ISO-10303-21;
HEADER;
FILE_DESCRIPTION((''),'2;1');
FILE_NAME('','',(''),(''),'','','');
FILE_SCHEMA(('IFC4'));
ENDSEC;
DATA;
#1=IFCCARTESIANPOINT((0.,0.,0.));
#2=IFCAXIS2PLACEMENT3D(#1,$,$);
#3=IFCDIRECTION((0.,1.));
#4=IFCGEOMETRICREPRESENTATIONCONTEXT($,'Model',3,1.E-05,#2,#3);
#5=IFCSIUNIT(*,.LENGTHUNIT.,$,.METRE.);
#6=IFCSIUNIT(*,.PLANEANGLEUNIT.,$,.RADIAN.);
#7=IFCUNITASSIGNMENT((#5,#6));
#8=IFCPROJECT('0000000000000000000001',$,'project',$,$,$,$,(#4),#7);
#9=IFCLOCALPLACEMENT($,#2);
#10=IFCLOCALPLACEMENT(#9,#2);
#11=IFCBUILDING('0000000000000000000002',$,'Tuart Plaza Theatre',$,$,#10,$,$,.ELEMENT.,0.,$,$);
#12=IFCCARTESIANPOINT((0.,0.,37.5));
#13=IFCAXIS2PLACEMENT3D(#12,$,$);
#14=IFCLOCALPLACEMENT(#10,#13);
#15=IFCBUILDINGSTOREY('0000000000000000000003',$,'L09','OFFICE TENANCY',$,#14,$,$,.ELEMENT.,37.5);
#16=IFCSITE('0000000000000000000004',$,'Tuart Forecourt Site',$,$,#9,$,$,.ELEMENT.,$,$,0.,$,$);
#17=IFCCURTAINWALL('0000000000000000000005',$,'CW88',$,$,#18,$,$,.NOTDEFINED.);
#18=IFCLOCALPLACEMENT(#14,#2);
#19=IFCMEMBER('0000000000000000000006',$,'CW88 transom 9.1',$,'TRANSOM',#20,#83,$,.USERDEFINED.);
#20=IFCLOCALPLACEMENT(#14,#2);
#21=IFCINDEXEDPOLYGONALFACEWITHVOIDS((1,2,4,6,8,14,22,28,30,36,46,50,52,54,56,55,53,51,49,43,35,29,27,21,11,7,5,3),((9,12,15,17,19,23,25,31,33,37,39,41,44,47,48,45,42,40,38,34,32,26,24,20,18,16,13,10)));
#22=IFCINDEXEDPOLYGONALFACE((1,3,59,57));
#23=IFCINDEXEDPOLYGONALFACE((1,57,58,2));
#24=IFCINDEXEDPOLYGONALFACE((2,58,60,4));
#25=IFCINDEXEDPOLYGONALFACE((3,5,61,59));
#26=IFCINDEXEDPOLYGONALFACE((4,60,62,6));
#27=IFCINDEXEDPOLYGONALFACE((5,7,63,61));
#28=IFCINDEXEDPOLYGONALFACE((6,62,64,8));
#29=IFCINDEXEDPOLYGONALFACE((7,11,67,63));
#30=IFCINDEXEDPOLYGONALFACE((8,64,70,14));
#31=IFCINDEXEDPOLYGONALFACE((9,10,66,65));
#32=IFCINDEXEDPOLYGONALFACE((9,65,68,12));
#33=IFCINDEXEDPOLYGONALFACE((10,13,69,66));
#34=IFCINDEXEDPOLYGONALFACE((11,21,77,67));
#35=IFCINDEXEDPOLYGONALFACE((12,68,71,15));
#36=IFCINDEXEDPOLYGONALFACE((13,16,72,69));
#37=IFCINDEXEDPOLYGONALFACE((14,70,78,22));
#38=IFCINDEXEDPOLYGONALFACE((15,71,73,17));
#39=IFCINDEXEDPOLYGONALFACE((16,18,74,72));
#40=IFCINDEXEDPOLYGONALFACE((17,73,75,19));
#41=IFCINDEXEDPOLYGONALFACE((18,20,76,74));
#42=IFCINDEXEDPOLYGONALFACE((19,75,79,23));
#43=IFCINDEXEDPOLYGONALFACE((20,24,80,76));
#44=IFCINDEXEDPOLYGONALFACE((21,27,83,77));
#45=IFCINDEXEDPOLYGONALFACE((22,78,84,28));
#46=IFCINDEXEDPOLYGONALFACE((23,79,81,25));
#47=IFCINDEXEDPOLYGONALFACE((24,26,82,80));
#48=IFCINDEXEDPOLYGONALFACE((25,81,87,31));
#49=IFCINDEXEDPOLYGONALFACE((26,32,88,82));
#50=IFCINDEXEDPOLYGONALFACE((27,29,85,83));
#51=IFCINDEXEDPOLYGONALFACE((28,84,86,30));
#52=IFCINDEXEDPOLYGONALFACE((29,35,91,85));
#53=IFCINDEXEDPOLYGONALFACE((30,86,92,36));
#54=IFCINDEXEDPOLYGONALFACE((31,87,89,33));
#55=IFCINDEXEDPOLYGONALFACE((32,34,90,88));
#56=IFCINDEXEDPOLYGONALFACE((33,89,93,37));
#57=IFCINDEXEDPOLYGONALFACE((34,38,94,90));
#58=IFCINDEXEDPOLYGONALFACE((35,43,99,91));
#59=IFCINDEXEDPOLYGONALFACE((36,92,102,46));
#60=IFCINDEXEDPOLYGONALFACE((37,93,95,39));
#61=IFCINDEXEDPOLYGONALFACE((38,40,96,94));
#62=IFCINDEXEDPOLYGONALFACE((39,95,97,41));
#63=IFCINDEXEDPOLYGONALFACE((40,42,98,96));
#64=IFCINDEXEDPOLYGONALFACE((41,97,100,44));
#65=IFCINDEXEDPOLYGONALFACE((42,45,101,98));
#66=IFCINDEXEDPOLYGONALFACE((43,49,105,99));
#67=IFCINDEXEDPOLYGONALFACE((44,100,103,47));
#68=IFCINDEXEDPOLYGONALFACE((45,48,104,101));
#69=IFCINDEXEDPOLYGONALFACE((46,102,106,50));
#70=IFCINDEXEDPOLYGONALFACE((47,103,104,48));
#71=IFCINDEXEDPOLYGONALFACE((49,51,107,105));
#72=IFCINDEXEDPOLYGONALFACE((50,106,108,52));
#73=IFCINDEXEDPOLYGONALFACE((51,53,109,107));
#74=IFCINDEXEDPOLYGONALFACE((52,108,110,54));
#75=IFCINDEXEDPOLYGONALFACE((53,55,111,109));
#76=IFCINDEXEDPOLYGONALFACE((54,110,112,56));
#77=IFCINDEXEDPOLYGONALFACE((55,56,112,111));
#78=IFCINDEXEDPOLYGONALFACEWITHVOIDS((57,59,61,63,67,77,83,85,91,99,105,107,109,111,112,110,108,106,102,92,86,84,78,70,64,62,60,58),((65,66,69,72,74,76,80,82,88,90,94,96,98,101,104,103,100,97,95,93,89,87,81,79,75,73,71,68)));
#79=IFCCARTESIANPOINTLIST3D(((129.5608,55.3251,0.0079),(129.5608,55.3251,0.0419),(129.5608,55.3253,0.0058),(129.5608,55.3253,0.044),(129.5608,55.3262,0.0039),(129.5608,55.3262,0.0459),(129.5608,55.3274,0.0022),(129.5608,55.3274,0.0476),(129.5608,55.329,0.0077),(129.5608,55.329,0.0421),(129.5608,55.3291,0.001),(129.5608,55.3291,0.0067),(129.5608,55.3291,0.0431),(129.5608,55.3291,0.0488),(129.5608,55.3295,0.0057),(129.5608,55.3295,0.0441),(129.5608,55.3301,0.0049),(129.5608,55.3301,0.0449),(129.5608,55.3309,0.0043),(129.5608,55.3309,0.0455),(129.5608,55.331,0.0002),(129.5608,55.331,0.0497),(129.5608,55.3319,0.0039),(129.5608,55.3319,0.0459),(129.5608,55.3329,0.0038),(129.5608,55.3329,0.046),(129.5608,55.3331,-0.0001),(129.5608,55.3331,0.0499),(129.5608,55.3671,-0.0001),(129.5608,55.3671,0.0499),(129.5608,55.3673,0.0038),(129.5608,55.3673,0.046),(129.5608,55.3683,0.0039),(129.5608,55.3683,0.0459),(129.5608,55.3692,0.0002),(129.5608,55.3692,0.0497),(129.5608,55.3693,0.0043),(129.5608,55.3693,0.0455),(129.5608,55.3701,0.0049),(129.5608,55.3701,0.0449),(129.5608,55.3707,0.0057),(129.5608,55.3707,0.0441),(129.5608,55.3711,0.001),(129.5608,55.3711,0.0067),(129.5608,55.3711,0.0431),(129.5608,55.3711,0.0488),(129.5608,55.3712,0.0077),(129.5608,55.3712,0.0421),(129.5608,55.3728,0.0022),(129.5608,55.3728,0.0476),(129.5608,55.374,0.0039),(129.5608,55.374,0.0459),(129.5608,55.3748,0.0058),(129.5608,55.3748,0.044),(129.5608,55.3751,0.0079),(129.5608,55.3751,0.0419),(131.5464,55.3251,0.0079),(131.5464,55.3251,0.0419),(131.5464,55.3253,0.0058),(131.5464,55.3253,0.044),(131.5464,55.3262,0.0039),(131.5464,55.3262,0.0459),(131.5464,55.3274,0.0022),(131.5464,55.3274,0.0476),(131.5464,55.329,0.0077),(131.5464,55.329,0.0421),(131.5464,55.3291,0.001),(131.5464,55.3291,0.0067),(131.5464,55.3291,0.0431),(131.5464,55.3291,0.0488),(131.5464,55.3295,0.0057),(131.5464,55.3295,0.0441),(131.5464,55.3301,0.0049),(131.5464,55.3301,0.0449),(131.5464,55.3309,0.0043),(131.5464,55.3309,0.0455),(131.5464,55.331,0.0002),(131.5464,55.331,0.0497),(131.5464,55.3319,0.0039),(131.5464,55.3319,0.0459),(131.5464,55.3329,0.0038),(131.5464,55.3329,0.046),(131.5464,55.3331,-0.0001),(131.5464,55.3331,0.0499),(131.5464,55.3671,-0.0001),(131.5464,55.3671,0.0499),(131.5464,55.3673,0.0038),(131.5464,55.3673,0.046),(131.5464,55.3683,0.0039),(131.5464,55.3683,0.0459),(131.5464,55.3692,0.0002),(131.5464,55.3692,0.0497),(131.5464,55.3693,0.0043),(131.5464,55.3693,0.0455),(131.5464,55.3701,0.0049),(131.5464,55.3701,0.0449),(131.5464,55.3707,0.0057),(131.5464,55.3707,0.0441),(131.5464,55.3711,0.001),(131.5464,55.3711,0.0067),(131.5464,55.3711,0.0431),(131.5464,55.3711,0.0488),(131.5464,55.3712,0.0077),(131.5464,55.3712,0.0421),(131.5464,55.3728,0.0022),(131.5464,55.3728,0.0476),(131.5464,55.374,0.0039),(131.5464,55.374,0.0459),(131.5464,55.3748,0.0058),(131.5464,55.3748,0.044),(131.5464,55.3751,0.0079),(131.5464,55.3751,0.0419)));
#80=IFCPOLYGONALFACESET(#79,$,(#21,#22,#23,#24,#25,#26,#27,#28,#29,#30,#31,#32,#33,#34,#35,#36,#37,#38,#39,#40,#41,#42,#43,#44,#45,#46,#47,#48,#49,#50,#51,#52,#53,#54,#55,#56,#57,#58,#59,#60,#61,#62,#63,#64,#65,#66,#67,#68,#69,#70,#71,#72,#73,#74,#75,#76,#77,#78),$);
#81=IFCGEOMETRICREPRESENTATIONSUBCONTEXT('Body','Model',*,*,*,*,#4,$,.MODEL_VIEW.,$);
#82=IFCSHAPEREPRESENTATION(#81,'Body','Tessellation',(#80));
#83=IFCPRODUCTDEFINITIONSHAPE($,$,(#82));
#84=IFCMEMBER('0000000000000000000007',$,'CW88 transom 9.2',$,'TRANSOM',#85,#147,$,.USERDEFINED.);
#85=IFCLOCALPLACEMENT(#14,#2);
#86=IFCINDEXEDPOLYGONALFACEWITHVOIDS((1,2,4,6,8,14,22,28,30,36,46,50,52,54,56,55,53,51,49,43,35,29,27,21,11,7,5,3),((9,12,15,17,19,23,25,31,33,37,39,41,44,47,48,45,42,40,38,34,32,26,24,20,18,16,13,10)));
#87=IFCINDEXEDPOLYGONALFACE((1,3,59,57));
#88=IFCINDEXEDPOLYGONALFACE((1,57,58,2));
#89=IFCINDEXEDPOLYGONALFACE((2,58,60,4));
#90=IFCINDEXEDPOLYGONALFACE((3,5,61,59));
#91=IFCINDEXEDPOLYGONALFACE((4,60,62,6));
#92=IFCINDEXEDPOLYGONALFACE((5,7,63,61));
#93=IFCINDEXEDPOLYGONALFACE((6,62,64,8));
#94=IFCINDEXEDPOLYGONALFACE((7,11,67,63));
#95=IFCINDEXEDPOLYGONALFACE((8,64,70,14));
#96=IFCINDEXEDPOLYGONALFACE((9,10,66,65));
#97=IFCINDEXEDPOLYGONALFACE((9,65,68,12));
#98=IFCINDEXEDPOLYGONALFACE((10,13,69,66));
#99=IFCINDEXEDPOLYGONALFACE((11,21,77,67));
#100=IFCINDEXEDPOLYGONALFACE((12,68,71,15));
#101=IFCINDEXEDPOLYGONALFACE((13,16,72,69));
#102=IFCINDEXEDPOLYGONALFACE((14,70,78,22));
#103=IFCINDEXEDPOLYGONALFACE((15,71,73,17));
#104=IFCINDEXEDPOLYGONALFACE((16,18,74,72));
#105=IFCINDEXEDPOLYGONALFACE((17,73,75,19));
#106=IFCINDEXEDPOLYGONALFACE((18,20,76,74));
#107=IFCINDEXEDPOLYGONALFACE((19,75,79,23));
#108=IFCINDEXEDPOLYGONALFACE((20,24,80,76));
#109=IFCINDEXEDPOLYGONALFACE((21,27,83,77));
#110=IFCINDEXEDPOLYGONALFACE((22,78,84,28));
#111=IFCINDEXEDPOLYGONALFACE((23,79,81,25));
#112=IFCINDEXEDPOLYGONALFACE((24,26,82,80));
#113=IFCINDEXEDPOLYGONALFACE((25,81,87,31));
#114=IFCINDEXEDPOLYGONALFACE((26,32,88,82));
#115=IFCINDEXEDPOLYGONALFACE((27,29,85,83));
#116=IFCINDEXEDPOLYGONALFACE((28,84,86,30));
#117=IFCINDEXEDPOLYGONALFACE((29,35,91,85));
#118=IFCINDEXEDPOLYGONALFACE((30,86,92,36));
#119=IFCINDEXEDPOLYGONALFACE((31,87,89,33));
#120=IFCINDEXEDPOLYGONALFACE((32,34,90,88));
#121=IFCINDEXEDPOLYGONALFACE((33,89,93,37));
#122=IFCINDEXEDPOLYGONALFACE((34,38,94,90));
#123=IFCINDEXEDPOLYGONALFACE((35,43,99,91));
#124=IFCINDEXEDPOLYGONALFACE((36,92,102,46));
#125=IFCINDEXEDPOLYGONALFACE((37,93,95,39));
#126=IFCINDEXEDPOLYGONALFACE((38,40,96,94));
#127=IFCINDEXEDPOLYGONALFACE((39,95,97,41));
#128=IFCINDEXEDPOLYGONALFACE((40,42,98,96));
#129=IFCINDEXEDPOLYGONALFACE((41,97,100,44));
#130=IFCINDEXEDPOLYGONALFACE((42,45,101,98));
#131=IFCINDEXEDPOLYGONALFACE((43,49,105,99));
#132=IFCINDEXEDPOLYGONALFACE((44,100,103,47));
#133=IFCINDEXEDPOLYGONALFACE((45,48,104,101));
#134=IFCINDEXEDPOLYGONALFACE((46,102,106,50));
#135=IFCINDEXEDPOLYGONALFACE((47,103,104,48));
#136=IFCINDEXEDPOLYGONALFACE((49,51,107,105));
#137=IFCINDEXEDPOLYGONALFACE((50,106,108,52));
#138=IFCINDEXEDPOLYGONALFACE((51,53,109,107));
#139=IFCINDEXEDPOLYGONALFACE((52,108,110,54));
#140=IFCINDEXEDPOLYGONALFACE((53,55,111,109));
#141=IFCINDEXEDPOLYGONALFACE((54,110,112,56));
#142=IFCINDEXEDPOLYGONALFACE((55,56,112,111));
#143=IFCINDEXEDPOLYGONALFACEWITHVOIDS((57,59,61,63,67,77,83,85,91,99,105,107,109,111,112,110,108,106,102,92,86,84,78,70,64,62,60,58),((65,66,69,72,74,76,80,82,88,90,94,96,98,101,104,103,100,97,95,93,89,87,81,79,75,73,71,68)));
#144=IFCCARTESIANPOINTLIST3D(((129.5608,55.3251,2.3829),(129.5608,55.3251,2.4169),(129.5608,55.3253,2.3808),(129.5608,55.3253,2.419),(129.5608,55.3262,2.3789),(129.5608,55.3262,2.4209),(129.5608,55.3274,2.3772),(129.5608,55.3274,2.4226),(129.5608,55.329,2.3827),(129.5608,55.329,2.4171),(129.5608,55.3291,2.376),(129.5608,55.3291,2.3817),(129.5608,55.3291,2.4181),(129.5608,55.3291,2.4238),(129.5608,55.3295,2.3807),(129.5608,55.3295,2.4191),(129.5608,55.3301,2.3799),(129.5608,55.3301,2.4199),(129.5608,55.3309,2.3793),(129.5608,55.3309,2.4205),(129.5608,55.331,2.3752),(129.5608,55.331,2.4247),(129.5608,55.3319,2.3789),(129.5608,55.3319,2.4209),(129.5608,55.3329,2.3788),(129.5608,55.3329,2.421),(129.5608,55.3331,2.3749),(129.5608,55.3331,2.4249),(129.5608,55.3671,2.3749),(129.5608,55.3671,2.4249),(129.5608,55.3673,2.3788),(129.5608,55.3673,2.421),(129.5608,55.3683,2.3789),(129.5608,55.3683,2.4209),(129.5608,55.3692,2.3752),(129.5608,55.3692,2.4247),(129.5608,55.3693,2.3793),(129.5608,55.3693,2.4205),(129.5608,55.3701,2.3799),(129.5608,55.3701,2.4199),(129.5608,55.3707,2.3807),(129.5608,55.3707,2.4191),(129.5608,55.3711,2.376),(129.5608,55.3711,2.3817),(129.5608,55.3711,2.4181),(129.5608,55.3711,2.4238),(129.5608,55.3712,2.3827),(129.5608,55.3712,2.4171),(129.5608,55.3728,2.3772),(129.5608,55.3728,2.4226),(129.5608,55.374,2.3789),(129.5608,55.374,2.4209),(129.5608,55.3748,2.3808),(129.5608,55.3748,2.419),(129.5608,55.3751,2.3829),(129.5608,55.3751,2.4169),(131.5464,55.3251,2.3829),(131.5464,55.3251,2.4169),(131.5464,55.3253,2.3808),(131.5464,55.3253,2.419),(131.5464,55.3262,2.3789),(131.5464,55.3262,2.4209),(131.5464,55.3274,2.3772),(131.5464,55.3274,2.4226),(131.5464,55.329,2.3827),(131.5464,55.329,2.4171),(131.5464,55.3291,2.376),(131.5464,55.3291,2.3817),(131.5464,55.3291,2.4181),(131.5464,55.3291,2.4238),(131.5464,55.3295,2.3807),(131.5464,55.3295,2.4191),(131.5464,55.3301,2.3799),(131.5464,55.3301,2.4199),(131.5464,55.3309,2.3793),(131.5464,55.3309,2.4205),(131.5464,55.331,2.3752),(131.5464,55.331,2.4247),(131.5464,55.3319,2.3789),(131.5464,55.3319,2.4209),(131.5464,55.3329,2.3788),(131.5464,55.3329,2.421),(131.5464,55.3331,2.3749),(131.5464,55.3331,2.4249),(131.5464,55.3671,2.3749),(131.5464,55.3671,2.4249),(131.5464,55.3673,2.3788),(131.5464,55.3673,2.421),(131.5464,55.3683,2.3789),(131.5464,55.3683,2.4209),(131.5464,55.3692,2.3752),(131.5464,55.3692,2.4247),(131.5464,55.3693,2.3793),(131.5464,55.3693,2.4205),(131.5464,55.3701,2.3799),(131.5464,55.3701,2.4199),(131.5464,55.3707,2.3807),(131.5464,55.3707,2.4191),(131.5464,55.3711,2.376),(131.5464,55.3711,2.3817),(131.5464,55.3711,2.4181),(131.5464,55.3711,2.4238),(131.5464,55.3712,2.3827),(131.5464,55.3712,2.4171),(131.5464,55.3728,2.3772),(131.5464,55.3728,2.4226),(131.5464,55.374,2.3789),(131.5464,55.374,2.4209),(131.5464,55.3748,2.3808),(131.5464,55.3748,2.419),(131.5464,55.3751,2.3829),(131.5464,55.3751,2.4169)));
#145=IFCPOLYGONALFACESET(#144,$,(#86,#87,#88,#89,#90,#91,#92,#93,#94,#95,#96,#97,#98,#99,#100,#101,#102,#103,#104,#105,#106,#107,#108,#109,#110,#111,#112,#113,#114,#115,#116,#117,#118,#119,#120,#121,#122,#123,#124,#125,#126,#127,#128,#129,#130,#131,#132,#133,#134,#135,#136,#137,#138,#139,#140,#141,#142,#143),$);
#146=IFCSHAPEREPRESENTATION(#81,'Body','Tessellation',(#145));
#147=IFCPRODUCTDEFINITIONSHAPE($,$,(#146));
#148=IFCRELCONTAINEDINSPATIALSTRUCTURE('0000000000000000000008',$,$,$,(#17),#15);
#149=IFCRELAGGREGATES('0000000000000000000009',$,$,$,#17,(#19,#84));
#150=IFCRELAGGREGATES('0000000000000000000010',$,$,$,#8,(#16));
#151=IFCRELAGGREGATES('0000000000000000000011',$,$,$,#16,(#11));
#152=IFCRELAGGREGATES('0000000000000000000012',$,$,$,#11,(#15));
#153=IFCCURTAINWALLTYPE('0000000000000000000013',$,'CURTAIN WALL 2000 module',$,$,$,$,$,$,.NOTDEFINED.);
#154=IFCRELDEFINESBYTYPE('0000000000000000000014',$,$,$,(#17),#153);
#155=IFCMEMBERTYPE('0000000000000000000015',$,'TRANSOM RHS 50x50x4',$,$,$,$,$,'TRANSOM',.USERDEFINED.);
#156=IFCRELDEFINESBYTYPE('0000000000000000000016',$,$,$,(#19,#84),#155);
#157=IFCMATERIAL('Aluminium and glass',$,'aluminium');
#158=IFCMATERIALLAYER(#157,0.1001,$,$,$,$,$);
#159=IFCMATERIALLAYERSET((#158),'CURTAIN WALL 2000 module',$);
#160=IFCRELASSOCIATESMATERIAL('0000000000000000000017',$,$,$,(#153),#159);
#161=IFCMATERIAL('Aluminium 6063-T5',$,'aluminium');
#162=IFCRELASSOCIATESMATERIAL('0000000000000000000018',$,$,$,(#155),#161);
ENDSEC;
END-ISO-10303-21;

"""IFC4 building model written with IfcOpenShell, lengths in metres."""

from ifc_helpers import new_model, si_unit, direction, frame, origin, origin_2d, place, context, subcontext, project, spatial, hollow_rectangle, extrude, material, layer, layer_set, material_profile, profile_set, type_object, element, aggregate, save


model = new_model("IFC4")

# Units and contexts
model_context = context("Model", 3, precision=1e-05, world=origin(), true_north=direction((0.0, 1.0)))
body_context = subcontext(model_context, "Body", "Model", "MODEL_VIEW")
ifc_project = project(units=[si_unit("LENGTHUNIT", "METRE"), si_unit("PLANEANGLEUNIT", "RADIAN")], contexts=[model_context])

# Site, building, storey
site_placement = place(None, origin())
site = spatial("IfcSite", under=ifc_project, at=site_placement, Name="Tuart Forecourt Site", CompositionType="ELEMENT", RefElevation=0.0)
building_placement = place(site_placement, origin())
building = spatial("IfcBuilding", under=site, at=building_placement, Name="Tuart Plaza Theatre", CompositionType="ELEMENT", ElevationOfRefHeight=0.0)
storey_placement = place(building_placement, frame((0.0, 0.0, 37.5)))
storey = spatial("IfcBuildingStorey", under=building, at=storey_placement, Name="L09", Description="OFFICE TENANCY", CompositionType="ELEMENT", Elevation=37.5)

# Curtain wall, members
ifc_material_1 = material(Name="Aluminium and glass", Category="aluminium")
ifc_layer_1 = layer(ifc_material_1, 0.1001)
ifc_layer_set_1 = layer_set([ifc_layer_1], Name="CURTAIN WALL 2000 module")
curtain_wall_type = type_object("IfcCurtainWallType", Name="CURTAIN WALL 2000 module", PredefinedType="NOTDEFINED", material=ifc_layer_set_1)
curtain_wall_placement = place(storey_placement, origin())
curtain_wall = element("IfcCurtainWall", 1, at=curtain_wall_placement, inside=storey, type_object=curtain_wall_type, Name="CW88", PredefinedType="NOTDEFINED")
ifc_material_2 = material(Name="Aluminium 6063-T5", Category="aluminium")
ifc_material_profile_1 = material_profile(ifc_material_2, hollow_rectangle(XDim=0.05, YDim=0.05, WallThickness=0.0039, InnerFilletRadius=0.0039, OuterFilletRadius=0.0081, at=origin_2d()), Name="RHS 50x50x4")
ifc_profile_set_1 = profile_set([ifc_material_profile_1], Name="Aluminium 6063-T5")
member_type_1 = type_object("IfcMemberType", Name="TRANSOM RHS 50x50x4", ElementType="TRANSOM", PredefinedType="USERDEFINED", material=ifc_profile_set_1)
member_1_placement = place(storey_placement, frame((129.5608, 55.3501, 0.0249), z_axis=(1.0, 0.0, 0.0), x_axis=(0.0, 1.0, 0.0)))
member_1 = element("IfcMember", 2, at=member_1_placement, type_object=member_type_1, Name="CW88 transom 9.1", ObjectType="TRANSOM", PredefinedType="USERDEFINED", context=body_context, shape_type="SweptSolid", body=[
    extrude(hollow_rectangle(XDim=0.05, YDim=0.05, WallThickness=0.0039, InnerFilletRadius=0.0039, OuterFilletRadius=0.0081, at=origin_2d()), origin(), (0.0, 0.0, 1.0), 1.9856),
])
member_2_placement = place(storey_placement, frame((129.5608, 55.3501, 2.3999), z_axis=(1.0, 0.0, 0.0), x_axis=(0.0, 1.0, 0.0)))
member_2 = element("IfcMember", 3, at=member_2_placement, type_object=member_type_1, Name="CW88 transom 9.2", ObjectType="TRANSOM", PredefinedType="USERDEFINED", context=body_context, shape_type="SweptSolid", body=[
    extrude(hollow_rectangle(XDim=0.05, YDim=0.05, WallThickness=0.0039, InnerFilletRadius=0.0039, OuterFilletRadius=0.0081, at=origin_2d()), origin(), (0.0, 0.0, 1.0), 1.9856),
])
aggregate(curtain_wall, [member_1, member_2])

save(model, "model.ifc")
